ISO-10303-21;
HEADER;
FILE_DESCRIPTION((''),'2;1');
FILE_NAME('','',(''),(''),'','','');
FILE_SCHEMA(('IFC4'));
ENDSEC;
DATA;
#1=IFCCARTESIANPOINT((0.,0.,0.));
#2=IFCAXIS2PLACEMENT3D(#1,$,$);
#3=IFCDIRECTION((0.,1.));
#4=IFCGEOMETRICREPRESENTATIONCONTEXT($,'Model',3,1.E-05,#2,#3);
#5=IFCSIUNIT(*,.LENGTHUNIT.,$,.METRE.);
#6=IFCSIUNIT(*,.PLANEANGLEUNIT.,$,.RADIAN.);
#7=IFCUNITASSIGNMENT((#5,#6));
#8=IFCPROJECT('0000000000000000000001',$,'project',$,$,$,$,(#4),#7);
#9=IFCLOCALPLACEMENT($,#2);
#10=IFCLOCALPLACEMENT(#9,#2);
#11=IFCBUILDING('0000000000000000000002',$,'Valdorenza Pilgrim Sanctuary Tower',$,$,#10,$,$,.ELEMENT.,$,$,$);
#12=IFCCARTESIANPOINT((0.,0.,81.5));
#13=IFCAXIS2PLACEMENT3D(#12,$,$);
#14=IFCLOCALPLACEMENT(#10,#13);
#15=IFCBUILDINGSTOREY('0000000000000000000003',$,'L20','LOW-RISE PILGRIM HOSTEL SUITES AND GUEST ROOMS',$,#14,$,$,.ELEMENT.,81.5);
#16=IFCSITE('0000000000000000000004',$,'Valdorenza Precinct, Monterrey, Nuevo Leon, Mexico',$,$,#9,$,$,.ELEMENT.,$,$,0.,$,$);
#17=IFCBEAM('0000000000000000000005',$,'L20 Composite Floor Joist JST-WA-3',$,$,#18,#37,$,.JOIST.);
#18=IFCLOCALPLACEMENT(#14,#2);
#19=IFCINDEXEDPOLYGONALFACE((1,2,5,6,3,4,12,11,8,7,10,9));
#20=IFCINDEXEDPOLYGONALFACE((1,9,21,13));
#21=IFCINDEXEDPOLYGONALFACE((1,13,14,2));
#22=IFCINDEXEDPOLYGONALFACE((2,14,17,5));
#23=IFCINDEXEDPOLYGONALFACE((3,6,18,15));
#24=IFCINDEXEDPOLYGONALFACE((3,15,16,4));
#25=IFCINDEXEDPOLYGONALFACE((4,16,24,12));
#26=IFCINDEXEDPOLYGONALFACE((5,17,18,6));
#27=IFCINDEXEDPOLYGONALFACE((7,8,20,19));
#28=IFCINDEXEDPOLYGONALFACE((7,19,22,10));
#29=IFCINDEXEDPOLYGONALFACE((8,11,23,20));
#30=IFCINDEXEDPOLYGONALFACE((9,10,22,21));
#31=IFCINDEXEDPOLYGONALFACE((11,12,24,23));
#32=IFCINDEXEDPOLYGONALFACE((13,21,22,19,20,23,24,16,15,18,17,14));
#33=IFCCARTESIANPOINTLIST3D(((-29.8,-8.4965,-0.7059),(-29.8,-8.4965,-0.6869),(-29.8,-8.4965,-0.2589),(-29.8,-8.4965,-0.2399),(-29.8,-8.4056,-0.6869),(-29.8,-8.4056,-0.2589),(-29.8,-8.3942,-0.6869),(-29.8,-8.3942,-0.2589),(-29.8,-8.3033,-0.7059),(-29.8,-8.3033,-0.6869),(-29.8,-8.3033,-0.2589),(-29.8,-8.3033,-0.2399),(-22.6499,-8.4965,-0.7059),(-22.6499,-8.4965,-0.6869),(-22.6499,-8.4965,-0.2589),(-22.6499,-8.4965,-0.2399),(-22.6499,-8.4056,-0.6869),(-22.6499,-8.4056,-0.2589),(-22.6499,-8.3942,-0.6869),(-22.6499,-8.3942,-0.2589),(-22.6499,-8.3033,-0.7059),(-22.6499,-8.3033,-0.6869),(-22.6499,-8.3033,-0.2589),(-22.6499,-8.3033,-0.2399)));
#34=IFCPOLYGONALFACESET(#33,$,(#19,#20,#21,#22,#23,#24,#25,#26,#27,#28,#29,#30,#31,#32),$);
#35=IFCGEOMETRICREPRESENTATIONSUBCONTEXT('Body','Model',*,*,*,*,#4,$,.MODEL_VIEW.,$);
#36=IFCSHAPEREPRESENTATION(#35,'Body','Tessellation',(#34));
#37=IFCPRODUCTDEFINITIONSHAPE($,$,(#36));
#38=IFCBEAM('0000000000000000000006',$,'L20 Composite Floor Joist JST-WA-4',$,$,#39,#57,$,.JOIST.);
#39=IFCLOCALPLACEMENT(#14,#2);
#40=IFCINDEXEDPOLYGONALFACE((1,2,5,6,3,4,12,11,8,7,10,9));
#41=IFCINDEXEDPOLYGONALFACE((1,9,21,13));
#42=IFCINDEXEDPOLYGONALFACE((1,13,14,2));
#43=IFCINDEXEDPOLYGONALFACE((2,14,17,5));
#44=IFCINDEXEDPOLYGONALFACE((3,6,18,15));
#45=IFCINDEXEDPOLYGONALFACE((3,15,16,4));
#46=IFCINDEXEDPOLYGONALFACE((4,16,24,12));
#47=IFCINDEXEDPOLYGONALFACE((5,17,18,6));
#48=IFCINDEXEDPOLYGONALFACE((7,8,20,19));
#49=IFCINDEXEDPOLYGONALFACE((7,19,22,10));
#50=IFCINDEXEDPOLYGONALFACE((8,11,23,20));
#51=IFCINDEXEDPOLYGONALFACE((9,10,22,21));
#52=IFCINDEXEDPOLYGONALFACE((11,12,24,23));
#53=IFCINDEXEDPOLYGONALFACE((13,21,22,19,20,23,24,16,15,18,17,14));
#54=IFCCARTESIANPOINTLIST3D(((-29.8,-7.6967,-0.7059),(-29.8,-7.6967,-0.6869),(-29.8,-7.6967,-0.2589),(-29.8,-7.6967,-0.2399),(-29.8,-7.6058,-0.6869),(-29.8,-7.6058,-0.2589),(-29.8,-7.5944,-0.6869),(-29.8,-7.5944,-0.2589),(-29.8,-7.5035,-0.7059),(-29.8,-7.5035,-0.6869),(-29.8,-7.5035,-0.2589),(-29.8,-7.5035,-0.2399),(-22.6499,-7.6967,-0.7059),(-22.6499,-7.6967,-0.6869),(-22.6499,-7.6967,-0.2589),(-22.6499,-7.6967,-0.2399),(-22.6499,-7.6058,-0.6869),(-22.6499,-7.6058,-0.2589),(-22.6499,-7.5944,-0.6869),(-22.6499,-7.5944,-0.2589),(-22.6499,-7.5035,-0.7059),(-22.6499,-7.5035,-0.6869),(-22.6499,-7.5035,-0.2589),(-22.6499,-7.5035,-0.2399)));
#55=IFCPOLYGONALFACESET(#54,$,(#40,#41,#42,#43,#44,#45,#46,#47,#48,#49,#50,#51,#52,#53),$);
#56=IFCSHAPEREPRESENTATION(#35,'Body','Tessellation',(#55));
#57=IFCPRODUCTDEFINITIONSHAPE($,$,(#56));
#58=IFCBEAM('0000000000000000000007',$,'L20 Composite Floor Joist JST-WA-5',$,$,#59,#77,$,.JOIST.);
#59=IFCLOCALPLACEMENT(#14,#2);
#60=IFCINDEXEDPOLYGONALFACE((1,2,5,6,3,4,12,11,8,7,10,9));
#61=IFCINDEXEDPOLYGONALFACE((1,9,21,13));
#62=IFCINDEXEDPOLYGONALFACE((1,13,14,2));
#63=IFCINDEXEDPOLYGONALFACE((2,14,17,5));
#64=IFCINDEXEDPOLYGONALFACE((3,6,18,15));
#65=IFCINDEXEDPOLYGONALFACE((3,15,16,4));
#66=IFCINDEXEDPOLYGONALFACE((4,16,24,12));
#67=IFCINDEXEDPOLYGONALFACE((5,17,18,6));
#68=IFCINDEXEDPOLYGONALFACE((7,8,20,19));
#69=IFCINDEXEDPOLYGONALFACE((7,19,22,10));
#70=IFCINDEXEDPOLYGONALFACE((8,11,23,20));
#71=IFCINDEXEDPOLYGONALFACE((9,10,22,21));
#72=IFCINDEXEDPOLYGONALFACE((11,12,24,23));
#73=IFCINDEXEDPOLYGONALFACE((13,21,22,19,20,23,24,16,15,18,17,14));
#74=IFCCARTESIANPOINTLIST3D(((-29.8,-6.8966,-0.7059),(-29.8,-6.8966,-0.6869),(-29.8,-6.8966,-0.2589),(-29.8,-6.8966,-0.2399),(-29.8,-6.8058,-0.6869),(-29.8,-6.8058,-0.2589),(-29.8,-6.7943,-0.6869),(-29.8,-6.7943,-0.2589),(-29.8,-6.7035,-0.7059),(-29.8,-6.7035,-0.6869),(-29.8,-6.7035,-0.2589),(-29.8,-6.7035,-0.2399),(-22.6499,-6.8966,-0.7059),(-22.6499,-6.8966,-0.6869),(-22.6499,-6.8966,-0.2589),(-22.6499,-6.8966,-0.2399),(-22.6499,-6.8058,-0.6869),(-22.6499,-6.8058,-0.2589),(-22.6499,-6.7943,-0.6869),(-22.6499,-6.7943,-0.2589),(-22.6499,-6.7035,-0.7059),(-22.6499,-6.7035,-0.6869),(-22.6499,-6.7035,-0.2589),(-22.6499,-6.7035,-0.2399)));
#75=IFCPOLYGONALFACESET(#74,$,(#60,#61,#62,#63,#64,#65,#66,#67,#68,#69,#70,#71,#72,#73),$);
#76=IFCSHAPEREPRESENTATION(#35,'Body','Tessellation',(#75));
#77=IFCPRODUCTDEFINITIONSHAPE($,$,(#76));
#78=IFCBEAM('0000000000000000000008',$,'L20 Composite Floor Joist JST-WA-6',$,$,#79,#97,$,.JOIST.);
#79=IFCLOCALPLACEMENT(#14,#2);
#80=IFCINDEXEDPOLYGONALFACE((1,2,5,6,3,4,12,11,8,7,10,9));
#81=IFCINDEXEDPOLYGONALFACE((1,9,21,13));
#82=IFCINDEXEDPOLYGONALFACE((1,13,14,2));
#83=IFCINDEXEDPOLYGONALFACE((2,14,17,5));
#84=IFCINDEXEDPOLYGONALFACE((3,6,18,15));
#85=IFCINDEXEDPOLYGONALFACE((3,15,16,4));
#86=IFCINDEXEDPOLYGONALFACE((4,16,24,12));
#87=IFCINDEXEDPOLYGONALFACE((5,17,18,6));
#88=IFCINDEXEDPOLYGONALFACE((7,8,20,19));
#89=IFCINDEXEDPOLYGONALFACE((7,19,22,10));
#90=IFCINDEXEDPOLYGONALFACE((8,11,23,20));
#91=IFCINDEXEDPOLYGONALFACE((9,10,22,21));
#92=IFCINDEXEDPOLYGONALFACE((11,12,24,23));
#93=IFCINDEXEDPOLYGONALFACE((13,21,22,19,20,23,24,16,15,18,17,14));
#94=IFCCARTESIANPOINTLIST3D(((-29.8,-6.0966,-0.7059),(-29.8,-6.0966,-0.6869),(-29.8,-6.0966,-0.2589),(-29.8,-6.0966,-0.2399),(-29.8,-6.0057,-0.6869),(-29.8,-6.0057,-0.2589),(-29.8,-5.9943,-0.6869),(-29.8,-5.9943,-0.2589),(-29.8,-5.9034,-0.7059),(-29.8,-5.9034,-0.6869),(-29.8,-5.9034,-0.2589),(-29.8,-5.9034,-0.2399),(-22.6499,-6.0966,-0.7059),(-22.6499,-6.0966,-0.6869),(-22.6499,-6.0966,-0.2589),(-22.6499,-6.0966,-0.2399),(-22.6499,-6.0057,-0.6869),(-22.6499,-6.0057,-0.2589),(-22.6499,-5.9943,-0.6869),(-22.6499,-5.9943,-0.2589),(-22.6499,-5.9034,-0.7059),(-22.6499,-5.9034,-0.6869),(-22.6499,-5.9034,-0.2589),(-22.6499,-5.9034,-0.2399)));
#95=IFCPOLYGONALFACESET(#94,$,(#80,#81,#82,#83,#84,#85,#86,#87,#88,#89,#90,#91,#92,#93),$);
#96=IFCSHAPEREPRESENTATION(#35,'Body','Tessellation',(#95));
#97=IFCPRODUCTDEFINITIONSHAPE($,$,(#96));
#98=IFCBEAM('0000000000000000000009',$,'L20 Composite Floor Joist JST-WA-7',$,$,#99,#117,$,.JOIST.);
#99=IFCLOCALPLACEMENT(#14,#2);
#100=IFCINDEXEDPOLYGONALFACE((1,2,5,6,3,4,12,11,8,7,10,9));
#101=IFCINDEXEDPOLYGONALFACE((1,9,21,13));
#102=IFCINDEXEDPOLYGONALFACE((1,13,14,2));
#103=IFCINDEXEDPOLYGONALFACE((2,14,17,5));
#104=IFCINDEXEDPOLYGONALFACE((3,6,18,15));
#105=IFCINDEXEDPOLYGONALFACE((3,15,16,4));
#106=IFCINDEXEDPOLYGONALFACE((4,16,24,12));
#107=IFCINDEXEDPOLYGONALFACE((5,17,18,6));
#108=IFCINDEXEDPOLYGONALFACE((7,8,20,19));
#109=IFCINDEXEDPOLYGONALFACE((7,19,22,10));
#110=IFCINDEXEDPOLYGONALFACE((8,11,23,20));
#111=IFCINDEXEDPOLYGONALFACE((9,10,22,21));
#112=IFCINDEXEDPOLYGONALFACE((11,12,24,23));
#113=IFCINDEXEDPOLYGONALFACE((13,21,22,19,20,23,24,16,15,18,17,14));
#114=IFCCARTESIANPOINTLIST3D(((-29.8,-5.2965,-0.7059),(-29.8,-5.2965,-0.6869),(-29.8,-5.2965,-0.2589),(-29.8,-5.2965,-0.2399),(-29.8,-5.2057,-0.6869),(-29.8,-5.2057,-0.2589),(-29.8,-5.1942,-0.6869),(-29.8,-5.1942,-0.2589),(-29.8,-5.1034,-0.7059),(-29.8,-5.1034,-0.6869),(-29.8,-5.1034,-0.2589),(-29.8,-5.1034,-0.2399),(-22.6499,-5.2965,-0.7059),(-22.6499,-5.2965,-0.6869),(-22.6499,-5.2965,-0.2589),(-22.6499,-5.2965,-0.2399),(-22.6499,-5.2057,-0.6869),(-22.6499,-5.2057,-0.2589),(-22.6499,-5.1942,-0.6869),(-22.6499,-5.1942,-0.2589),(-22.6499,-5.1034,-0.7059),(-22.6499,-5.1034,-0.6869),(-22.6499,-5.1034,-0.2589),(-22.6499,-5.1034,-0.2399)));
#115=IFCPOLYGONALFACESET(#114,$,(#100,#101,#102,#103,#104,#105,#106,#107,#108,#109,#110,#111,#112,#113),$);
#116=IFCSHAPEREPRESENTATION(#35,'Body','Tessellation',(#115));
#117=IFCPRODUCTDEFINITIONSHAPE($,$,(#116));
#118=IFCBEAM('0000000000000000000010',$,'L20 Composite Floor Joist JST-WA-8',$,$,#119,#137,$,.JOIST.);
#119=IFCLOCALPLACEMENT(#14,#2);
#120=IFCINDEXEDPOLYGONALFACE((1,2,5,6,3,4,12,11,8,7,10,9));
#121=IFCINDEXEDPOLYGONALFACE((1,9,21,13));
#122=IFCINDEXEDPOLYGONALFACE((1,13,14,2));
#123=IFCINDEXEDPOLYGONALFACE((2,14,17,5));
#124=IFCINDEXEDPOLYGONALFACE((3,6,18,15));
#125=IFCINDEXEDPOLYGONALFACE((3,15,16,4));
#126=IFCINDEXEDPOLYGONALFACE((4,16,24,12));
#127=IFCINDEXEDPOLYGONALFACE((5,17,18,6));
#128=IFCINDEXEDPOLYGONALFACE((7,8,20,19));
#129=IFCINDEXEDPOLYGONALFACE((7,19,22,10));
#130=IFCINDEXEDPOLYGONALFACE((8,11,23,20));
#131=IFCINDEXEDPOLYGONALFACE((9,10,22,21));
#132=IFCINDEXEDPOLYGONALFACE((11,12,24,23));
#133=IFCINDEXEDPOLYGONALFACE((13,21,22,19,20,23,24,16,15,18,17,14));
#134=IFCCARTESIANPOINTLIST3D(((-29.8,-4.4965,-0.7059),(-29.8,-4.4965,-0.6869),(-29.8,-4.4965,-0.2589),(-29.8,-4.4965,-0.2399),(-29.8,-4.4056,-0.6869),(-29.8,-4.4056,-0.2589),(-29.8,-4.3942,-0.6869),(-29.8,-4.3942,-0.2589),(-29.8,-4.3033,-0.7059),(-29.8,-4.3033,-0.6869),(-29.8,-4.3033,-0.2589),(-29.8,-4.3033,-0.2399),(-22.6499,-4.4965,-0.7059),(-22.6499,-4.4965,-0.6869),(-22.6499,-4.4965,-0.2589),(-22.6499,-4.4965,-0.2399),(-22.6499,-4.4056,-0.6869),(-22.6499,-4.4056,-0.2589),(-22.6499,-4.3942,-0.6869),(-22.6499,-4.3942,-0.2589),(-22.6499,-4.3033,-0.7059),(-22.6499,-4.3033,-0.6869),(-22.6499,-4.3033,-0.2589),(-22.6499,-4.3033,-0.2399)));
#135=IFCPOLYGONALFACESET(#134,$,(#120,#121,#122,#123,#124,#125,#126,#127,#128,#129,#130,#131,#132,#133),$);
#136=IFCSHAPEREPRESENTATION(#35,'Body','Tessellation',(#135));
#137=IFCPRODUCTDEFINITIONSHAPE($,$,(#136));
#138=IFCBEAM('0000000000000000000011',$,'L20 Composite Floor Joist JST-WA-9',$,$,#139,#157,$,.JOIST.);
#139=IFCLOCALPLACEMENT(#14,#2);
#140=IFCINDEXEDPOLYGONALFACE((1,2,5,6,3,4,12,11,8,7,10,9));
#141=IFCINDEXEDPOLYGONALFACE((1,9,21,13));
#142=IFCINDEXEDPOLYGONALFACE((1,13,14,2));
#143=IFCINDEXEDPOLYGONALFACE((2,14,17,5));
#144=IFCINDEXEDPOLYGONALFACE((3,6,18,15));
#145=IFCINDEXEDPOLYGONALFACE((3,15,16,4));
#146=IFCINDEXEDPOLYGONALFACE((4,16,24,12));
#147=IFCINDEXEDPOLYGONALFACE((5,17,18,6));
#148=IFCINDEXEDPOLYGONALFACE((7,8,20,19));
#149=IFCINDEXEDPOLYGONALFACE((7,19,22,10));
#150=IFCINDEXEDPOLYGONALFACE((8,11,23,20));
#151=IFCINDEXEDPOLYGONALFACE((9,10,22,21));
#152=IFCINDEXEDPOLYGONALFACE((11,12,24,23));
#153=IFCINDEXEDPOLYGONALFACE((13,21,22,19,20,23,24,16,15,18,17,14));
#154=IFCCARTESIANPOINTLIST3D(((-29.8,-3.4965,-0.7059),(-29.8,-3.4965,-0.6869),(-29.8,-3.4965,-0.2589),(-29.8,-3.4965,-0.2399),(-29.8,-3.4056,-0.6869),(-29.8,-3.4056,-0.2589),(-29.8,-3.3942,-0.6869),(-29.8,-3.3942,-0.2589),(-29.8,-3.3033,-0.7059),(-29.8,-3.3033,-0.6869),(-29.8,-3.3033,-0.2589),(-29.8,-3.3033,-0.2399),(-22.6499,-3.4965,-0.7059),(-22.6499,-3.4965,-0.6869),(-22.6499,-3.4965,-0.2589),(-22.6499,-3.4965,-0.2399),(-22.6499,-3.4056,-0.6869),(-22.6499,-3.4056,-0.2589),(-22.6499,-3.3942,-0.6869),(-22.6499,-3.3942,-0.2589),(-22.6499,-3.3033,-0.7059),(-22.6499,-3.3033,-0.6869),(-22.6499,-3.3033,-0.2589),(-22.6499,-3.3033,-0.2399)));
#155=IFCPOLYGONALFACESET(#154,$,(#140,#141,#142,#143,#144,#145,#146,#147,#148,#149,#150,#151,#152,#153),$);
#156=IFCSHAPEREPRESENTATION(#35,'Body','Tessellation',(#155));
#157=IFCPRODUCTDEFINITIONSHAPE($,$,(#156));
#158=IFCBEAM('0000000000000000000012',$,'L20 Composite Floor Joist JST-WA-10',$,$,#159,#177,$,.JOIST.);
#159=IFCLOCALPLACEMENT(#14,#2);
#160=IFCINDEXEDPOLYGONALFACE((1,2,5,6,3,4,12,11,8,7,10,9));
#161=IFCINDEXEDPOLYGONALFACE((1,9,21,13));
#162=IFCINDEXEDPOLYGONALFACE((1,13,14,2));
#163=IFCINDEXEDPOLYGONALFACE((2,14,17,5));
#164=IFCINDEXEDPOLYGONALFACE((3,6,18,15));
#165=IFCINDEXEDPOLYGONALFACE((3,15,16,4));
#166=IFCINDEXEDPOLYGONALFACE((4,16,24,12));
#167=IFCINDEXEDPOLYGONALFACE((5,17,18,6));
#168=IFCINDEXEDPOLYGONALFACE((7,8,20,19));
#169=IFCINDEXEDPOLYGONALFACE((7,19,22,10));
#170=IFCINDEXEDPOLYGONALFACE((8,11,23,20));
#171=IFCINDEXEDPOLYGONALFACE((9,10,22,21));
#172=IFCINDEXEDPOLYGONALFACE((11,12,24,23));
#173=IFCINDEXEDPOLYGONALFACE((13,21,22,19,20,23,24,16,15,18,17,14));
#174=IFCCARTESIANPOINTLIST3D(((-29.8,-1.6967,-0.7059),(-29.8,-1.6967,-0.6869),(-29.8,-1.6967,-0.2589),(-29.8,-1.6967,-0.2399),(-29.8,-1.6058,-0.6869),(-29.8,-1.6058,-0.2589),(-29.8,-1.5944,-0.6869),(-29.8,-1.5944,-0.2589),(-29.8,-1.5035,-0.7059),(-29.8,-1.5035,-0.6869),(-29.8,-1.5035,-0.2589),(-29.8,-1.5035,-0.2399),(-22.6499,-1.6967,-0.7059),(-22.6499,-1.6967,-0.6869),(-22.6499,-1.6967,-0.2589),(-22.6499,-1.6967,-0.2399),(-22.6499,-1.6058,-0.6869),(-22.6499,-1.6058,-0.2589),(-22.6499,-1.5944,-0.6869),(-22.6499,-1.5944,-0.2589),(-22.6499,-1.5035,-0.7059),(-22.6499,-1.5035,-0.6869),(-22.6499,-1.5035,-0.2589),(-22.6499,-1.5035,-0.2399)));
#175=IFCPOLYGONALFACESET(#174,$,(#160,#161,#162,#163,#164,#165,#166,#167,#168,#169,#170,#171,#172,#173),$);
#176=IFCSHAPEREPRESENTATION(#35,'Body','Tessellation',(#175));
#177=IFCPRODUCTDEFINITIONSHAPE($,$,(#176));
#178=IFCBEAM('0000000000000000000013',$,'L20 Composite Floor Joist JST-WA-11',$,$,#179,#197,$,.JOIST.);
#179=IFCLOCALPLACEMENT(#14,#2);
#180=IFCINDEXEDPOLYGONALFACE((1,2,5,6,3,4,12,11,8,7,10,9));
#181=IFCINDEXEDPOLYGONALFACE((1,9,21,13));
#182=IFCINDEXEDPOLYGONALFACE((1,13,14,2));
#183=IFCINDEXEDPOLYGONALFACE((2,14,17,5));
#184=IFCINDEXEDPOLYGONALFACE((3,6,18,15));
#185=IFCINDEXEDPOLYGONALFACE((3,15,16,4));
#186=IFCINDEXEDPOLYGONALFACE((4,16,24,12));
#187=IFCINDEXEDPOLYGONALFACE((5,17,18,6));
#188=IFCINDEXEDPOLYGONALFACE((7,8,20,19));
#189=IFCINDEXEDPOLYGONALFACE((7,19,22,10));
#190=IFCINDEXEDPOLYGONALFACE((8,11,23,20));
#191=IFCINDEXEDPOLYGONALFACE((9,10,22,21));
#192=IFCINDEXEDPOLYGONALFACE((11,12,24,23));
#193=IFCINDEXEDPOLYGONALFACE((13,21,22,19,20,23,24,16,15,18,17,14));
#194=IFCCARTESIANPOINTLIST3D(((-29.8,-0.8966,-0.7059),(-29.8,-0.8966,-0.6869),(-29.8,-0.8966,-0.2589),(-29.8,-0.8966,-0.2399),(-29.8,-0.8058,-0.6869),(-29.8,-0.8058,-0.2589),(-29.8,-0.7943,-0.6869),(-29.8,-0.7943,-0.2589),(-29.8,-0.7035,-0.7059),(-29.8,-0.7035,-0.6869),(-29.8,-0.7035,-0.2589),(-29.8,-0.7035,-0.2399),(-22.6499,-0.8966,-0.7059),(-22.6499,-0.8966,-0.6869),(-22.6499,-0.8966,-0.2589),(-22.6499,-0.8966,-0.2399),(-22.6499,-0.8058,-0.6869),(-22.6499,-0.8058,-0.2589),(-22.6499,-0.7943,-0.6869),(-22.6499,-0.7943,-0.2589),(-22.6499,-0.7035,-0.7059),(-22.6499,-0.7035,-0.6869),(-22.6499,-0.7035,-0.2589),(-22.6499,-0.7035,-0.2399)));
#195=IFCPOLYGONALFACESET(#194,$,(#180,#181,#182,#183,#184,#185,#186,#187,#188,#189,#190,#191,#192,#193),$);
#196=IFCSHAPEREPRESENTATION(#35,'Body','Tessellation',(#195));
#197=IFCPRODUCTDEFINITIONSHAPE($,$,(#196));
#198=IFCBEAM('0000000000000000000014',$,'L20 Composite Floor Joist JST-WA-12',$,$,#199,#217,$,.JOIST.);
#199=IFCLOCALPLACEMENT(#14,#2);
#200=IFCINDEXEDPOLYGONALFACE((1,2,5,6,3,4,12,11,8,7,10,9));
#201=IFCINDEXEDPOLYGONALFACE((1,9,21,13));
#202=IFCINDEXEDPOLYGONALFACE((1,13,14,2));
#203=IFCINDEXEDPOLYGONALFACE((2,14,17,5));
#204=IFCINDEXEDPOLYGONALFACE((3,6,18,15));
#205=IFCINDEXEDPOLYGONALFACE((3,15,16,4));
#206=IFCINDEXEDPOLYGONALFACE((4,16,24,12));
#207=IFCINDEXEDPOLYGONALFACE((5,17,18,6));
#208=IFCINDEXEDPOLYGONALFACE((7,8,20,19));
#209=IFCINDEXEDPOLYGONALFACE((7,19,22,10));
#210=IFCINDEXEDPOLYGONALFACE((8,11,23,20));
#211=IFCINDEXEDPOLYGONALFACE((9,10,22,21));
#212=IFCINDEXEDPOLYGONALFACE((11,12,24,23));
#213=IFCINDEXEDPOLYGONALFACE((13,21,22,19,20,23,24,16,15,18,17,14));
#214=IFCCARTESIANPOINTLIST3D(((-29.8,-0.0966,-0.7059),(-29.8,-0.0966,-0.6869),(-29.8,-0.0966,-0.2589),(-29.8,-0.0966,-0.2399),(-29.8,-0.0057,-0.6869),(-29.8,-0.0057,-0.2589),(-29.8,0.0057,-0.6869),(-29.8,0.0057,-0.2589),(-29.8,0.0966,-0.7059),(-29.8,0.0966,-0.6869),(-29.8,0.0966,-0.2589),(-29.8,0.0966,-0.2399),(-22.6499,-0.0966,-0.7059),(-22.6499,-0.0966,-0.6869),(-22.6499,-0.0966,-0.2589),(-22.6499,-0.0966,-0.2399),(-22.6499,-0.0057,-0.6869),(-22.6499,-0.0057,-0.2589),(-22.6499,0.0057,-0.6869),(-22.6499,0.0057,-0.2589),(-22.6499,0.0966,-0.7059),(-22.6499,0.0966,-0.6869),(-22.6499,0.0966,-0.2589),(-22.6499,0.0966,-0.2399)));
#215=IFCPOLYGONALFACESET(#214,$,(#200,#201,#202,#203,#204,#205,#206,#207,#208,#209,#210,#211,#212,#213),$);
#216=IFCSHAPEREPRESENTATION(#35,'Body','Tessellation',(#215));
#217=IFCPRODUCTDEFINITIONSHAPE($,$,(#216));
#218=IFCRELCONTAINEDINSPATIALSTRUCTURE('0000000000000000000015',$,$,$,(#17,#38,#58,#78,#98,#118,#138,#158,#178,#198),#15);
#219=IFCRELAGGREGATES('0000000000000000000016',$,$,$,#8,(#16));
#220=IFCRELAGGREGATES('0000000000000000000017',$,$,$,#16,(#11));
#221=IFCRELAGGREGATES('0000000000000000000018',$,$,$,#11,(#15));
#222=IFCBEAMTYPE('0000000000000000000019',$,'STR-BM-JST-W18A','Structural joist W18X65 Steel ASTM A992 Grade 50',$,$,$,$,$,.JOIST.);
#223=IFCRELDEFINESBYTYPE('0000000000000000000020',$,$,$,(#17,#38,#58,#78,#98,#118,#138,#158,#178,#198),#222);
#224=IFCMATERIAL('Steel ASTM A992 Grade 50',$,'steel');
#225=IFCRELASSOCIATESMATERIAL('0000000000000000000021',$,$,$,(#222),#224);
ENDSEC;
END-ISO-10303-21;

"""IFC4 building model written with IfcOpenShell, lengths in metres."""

from ifc_helpers import new_model, si_unit, direction, frame, origin, origin_2d, place, context, subcontext, project, spatial, i_section, extrude, source, transform, mapped, material, material_profile, profile_set, type_object, element, save


model = new_model("IFC4")

# Units and contexts
model_context = context("Model", 3, precision=1e-05, world=origin(), true_north=direction((0.0, 1.0)))
body_context = subcontext(model_context, "Body", "Model", "MODEL_VIEW")
ifc_project = project(units=[si_unit("LENGTHUNIT", "METRE"), si_unit("PLANEANGLEUNIT", "RADIAN")], contexts=[model_context])

# Site, building, storey
site_placement = place(None, origin())
site = spatial("IfcSite", under=ifc_project, at=site_placement, Name="Valdorenza Precinct, Monterrey, Nuevo Leon, Mexico", CompositionType="ELEMENT", RefElevation=0.0)
building_placement = place(site_placement, origin())
building = spatial("IfcBuilding", under=site, at=building_placement, Name="Valdorenza Pilgrim Sanctuary Tower", CompositionType="ELEMENT")
storey_placement = place(building_placement, frame((0.0, 0.0, 81.5)))
storey = spatial("IfcBuildingStorey", under=building, at=storey_placement, Name="L20", Description="LOW-RISE PILGRIM HOSTEL SUITES AND GUEST ROOMS", CompositionType="ELEMENT", Elevation=81.5)

# Beams
ifc_material_1 = material(Name="Steel ASTM A992 Grade 50", Category="steel")
ifc_material_profile_1 = material_profile(ifc_material_1, i_section(OverallWidth=0.1931, OverallDepth=0.4661, WebThickness=0.0115, FlangeThickness=0.019, at=origin_2d()), Name="W18X65")
ifc_profile_set_1 = profile_set([ifc_material_profile_1], Name="Steel ASTM A992 Grade 50")
beam_type_1 = type_object("IfcBeamType", Name="STR-BM-JST-W18A", Description="Structural joist W18X65 Steel ASTM A992 Grade 50", PredefinedType="JOIST", material=ifc_profile_set_1)
shared_shape_1 = source(origin(), body_context, "Body", "SweptSolid", [
    extrude(i_section(OverallWidth=0.1931, OverallDepth=0.4661, WebThickness=0.0115, FlangeThickness=0.019, at=origin_2d()), origin(), (0.0, 0.0, 1.0), 7.1501),
])
for number, where, z_axis, x_axis, name in (
    (1, (-29.8, -8.3999, -0.4729), (1.0, 0.0, 0.0), (0.0, 1.0, 0.0), "L20 Composite Floor Joist JST-WA-3"),
    (2, (-29.8, -7.6001, -0.4729), (1.0, 0.0, 0.0), (0.0, 1.0, 0.0), "L20 Composite Floor Joist JST-WA-4"),
    (3, (-29.8, -6.8, -0.4729), (1.0, 0.0, 0.0), (0.0, 1.0, 0.0), "L20 Composite Floor Joist JST-WA-5"),
    (4, (-29.8, -6.0, -0.4729), (1.0, 0.0, 0.0), (0.0, 1.0, 0.0), "L20 Composite Floor Joist JST-WA-6"),
    (5, (-29.8, -5.2, -0.4729), (1.0, 0.0, 0.0), (0.0, 1.0, 0.0), "L20 Composite Floor Joist JST-WA-7"),
    (6, (-29.8, -4.3999, -0.4729), (1.0, 0.0, 0.0), (0.0, 1.0, 0.0), "L20 Composite Floor Joist JST-WA-8"),
    (7, (-29.8, -3.3999, -0.4729), (1.0, 0.0, 0.0), (0.0, 1.0, 0.0), "L20 Composite Floor Joist JST-WA-9"),
    (8, (-29.8, -1.6001, -0.4729), (1.0, 0.0, 0.0), (0.0, 1.0, 0.0), "L20 Composite Floor Joist JST-WA-10"),
    (9, (-29.8, -0.8, -0.4729), (1.0, 0.0, 0.0), (0.0, 1.0, 0.0), "L20 Composite Floor Joist JST-WA-11"),
    (10, (-29.8, 0.0, -0.4729), (1.0, 0.0, 0.0), (0.0, 1.0, 0.0), "L20 Composite Floor Joist JST-WA-12"),
):
    element("IfcBeam", number, at=place(storey_placement, frame(where, z_axis=z_axis, x_axis=x_axis)), inside=storey, type_object=beam_type_1, Name=name, PredefinedType="JOIST", context=body_context, shape_type="MappedRepresentation", body=[
        mapped(shared_shape_1, transform((0.0, 0.0, 0.0), x_axis=(1.0, 0.0, 0.0), y_axis=(0.0, 1.0, 0.0), z_axis=(0.0, 0.0, 1.0), scale=1.0)),
    ])

save(model, "model.ifc")
